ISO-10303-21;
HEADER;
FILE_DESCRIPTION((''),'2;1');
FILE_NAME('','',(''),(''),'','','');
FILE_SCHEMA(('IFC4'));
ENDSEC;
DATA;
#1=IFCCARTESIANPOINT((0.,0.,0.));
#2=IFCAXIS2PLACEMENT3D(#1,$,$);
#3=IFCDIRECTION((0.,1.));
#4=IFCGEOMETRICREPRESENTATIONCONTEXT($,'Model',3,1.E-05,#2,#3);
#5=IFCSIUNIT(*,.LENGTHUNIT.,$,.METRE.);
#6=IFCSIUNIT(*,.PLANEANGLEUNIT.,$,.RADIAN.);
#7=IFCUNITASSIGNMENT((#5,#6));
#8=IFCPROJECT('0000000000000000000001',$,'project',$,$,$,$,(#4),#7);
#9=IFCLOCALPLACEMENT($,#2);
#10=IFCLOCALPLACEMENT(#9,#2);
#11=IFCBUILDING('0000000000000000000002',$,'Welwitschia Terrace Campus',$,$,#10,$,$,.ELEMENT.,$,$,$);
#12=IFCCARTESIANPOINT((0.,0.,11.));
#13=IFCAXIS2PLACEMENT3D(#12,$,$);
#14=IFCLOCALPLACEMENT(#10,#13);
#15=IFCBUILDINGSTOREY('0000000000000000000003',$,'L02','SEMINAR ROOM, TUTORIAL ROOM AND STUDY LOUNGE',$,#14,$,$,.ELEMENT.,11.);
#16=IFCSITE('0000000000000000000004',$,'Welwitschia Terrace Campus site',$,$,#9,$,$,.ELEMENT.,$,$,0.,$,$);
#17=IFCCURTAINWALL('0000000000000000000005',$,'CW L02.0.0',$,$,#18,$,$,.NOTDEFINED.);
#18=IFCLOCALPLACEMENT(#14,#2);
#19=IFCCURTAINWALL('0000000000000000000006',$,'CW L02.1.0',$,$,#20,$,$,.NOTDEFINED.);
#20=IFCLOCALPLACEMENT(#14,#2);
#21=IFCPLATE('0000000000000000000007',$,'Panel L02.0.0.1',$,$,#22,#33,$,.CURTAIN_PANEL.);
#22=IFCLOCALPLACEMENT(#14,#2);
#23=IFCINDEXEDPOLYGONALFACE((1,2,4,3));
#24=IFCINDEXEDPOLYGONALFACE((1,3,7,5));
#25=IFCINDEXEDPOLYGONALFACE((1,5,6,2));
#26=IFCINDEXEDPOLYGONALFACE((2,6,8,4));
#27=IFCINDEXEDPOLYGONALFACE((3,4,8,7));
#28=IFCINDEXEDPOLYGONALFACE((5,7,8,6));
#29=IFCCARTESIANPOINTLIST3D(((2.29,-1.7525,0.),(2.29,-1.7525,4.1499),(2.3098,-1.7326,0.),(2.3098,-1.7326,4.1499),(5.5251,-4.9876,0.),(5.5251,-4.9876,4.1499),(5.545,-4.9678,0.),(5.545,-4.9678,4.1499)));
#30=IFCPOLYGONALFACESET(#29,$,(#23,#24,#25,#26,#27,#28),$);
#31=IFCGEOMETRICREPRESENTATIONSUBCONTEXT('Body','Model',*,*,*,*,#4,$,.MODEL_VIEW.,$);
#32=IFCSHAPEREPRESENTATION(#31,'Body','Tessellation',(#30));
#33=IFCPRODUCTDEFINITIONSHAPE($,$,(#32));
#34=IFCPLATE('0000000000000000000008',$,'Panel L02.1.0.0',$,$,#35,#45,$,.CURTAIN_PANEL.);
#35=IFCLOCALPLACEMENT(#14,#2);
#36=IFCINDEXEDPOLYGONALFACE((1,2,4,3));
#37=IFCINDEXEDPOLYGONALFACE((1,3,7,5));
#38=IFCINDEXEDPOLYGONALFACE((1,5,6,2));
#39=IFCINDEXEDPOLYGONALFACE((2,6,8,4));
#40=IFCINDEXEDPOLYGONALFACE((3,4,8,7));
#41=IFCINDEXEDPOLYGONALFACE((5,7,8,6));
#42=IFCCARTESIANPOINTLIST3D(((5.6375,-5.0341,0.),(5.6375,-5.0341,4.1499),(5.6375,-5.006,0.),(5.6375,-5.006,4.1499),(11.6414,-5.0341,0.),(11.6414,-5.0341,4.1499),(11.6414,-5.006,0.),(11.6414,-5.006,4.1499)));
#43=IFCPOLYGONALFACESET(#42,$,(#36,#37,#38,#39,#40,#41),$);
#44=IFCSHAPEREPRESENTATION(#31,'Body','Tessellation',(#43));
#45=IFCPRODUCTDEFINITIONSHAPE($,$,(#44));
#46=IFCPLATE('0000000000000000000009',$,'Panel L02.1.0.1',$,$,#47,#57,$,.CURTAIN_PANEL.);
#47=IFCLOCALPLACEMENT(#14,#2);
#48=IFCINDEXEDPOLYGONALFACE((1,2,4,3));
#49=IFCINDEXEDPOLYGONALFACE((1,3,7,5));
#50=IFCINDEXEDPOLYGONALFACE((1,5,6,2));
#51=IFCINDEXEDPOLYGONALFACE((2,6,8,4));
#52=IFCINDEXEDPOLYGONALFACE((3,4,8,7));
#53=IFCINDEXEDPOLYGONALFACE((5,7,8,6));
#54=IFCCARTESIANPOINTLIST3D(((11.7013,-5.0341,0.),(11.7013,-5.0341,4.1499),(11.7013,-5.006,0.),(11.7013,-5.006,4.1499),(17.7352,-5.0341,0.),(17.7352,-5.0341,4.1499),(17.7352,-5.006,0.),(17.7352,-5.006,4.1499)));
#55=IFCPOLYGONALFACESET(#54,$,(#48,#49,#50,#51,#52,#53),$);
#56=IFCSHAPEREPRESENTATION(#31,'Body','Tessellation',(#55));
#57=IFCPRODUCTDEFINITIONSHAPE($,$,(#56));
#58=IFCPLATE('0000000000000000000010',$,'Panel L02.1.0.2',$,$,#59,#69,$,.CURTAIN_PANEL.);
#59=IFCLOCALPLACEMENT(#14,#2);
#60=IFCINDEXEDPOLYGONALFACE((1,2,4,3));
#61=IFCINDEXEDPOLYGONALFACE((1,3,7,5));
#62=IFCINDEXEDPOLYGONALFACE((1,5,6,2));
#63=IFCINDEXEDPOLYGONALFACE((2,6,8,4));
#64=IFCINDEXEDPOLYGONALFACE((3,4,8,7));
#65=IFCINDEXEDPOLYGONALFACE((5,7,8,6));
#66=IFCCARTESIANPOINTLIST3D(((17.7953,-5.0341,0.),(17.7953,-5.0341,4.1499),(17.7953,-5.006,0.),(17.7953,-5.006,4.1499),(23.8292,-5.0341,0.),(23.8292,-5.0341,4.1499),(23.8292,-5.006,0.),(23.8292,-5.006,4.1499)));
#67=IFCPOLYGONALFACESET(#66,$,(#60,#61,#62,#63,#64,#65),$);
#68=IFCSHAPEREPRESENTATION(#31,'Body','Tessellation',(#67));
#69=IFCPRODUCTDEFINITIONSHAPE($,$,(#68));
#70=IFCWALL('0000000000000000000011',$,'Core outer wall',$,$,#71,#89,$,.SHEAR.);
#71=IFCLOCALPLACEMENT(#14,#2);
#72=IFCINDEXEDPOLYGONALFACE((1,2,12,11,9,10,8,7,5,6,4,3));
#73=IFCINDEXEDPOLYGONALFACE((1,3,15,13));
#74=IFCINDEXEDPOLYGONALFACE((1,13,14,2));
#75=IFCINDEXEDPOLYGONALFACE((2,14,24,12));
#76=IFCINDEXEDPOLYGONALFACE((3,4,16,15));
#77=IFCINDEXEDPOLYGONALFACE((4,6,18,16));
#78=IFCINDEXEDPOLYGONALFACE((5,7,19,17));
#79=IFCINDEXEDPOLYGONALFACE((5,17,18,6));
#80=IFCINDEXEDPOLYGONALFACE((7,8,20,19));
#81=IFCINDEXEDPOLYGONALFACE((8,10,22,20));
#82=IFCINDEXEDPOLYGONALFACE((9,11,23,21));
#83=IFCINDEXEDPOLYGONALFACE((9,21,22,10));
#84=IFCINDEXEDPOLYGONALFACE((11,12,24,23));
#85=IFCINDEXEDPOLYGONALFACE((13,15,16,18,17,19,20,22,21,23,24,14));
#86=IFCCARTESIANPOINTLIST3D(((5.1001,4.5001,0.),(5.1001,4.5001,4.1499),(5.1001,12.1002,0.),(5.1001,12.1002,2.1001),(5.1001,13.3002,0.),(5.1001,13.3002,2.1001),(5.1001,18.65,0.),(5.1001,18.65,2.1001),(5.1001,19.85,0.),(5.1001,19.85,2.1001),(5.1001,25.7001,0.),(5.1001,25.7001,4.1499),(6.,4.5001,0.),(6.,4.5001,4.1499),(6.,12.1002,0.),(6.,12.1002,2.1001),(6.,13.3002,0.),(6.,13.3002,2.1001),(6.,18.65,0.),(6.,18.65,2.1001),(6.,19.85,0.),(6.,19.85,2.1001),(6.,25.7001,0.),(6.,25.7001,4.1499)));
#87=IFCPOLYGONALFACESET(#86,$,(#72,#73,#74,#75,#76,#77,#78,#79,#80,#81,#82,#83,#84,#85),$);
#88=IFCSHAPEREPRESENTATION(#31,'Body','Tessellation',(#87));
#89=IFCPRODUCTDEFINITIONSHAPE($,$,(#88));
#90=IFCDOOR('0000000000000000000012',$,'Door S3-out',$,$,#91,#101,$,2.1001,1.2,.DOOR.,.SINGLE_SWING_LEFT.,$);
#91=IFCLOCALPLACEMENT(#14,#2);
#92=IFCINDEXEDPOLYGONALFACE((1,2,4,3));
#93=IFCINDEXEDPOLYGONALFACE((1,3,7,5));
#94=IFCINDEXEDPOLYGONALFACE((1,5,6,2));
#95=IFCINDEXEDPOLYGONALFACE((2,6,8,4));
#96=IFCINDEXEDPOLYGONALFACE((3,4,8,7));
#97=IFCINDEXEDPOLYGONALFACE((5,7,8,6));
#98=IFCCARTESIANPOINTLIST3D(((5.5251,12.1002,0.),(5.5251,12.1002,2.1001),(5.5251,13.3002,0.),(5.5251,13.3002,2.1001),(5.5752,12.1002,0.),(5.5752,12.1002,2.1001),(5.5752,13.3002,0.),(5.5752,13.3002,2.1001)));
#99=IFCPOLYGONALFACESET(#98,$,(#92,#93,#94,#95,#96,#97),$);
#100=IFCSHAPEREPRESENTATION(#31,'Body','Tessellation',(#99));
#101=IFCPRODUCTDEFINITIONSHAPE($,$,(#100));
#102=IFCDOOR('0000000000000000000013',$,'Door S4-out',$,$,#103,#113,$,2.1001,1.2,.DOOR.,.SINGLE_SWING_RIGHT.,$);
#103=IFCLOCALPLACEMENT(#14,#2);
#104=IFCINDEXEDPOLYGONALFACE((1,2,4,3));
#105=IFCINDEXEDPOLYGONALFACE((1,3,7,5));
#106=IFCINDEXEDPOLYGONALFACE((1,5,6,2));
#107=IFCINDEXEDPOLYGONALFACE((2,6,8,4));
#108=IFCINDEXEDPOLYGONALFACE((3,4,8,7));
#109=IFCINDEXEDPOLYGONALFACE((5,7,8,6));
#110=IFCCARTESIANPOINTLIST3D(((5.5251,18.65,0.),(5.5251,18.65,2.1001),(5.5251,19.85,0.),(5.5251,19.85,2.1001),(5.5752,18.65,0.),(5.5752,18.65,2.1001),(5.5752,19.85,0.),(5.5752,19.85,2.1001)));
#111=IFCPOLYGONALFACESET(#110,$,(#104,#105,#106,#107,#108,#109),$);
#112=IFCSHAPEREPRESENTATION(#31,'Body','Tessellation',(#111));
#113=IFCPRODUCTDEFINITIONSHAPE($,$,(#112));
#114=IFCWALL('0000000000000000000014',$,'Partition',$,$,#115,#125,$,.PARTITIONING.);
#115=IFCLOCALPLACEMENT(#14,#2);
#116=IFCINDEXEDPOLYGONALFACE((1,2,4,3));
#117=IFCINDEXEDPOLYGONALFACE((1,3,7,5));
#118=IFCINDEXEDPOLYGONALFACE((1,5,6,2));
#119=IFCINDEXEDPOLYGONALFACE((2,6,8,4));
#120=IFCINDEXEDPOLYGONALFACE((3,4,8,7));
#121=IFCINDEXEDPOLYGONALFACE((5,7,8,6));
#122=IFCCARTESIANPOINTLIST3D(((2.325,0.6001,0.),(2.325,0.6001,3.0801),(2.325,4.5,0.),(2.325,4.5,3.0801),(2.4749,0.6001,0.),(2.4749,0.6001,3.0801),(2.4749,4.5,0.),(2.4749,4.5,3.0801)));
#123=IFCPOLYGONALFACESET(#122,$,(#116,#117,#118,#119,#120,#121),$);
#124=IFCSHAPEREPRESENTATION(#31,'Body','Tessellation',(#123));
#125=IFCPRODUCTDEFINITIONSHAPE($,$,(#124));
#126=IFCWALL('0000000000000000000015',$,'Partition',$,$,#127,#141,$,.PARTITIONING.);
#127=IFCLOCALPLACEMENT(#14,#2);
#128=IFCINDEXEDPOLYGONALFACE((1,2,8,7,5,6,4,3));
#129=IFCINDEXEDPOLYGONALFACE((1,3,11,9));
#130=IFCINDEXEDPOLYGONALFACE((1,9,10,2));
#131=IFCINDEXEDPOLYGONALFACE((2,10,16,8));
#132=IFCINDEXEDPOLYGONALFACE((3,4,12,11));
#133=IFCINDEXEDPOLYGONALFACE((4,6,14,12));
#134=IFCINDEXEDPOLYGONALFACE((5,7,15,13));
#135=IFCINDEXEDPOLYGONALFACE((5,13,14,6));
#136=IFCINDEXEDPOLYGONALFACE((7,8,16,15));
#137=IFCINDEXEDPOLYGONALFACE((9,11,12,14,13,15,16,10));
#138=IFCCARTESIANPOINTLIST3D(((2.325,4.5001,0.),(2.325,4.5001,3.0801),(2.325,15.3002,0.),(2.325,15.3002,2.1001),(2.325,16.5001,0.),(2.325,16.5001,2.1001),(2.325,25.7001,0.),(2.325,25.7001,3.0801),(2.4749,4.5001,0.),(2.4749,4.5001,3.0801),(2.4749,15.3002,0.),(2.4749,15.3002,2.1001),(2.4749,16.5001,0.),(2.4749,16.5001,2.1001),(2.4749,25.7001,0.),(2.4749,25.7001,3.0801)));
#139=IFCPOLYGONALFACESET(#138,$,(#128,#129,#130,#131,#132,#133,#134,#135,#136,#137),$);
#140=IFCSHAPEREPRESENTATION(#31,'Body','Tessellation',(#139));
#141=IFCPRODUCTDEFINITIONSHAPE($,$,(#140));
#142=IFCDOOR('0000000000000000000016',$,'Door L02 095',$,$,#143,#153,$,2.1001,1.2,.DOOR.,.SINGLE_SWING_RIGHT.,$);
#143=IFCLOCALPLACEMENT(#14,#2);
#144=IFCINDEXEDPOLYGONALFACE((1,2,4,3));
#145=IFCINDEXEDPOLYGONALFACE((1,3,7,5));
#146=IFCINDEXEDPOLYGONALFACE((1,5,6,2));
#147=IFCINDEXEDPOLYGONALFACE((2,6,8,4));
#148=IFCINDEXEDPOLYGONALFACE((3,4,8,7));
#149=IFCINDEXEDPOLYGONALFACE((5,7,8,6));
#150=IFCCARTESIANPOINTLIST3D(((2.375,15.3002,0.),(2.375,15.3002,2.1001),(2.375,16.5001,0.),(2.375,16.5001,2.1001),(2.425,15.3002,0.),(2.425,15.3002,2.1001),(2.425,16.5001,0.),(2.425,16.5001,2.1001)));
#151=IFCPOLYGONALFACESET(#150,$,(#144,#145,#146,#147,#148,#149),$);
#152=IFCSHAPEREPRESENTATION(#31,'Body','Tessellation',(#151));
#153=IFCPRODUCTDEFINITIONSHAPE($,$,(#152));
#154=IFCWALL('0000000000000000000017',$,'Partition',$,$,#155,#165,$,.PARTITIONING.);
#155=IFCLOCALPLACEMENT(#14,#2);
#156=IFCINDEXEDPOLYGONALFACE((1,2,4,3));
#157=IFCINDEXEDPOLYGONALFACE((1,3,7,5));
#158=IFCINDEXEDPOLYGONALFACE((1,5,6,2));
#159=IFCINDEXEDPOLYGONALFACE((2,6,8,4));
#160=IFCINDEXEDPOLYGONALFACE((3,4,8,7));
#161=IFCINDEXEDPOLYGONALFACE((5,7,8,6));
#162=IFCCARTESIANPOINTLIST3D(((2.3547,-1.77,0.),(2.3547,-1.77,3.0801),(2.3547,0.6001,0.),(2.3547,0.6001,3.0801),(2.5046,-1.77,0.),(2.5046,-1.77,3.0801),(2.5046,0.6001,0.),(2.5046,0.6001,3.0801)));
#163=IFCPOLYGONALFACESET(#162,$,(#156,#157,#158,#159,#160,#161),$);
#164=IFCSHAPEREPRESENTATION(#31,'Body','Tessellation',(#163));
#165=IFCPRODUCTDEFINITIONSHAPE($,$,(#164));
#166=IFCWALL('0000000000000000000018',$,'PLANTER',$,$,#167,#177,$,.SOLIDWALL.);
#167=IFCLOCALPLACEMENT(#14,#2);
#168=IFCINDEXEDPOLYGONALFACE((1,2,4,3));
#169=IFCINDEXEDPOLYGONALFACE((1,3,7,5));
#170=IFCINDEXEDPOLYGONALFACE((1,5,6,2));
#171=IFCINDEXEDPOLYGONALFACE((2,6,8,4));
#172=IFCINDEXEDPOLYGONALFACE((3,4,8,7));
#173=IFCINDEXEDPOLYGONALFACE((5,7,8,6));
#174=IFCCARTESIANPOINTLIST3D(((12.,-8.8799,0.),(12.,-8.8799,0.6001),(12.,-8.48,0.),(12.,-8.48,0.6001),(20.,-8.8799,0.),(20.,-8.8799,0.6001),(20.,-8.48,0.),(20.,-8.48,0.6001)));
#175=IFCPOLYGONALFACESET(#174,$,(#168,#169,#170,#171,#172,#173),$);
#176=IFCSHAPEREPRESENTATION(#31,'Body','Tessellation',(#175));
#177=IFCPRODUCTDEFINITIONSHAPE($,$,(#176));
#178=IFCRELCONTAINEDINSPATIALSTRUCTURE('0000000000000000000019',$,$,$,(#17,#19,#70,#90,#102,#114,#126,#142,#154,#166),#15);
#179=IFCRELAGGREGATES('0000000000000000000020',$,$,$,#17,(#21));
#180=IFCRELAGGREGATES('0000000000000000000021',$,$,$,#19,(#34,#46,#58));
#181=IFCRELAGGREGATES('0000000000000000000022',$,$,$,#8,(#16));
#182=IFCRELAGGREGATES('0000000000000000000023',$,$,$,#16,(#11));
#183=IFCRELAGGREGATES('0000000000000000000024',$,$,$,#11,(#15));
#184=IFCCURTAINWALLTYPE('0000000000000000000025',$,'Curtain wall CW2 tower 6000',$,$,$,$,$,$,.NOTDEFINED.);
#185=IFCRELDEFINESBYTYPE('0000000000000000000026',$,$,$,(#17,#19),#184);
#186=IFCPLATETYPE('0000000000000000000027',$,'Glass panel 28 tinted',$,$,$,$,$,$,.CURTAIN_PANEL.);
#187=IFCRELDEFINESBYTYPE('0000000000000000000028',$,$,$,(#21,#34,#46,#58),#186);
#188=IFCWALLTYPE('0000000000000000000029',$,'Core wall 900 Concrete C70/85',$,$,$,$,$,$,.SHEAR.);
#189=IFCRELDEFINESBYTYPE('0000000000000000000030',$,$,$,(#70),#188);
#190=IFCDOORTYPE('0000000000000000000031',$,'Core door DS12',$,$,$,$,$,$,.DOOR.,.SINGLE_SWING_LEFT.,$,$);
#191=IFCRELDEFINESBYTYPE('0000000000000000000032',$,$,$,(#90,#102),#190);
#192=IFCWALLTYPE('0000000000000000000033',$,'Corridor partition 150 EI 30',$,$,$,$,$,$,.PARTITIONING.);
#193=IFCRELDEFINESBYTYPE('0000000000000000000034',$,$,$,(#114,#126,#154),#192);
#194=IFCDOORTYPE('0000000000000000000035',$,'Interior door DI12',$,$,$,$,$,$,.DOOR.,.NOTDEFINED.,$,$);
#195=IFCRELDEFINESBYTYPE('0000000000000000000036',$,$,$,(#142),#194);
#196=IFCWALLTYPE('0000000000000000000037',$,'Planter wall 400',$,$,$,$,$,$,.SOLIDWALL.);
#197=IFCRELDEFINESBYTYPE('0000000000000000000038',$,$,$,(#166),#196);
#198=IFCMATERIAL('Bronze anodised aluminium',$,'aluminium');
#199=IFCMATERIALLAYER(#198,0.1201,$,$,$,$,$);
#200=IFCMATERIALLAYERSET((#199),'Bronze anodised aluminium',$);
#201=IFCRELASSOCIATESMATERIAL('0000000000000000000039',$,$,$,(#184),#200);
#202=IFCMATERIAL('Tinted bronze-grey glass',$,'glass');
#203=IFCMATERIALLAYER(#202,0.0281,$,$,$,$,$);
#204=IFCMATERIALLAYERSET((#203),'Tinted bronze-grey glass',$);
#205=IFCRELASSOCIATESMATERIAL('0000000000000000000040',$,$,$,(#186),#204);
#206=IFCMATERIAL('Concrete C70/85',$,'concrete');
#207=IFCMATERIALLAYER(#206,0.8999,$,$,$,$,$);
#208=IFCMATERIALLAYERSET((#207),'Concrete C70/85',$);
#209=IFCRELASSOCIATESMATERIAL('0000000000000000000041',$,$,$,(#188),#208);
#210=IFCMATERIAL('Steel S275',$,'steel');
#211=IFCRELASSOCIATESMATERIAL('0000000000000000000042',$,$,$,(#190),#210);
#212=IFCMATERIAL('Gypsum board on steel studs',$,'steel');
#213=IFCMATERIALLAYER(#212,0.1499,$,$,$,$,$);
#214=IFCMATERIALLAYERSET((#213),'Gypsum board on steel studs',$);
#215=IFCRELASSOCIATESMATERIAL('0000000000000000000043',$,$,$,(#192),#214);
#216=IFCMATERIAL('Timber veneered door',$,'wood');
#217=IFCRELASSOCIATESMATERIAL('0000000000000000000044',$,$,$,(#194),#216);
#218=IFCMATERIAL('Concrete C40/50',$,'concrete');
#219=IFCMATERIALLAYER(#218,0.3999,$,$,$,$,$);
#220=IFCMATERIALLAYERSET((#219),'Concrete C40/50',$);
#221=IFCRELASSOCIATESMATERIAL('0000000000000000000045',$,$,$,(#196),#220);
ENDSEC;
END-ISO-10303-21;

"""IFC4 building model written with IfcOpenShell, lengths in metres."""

from ifc_helpers import new_model, si_unit, direction, frame, frame_2d, origin, origin_2d, place, context, subcontext, project, spatial, rectangle, extrude, material, layer, layer_set, type_object, element, fill, aggregate, save


model = new_model("IFC4")

# Units and contexts
model_context = context("Model", 3, precision=1e-05, world=origin(), true_north=direction((0.0, 1.0)))
body_context = subcontext(model_context, "Body", "Model", "MODEL_VIEW")
ifc_project = project(units=[si_unit("LENGTHUNIT", "METRE"), si_unit("PLANEANGLEUNIT", "RADIAN")], contexts=[model_context])

# Site, building, storey
site_placement = place(None, origin())
site = spatial("IfcSite", under=ifc_project, at=site_placement, Name="Welwitschia Terrace Campus site", CompositionType="ELEMENT", RefElevation=0.0)
building_placement = place(site_placement, origin())
building = spatial("IfcBuilding", under=site, at=building_placement, Name="Welwitschia Terrace Campus", CompositionType="ELEMENT")
storey_placement = place(building_placement, frame((0.0, 0.0, 11.0)))
storey = spatial("IfcBuildingStorey", under=building, at=storey_placement, Name="L02", Description="SEMINAR ROOM, TUTORIAL ROOM AND STUDY LOUNGE", CompositionType="ELEMENT", Elevation=11.0)

# Curtain walls
ifc_material_1 = material(Name="Bronze anodised aluminium", Category="aluminium")
ifc_layer_1 = layer(ifc_material_1, 0.1201)
ifc_layer_set_1 = layer_set([ifc_layer_1], Name="Bronze anodised aluminium")
curtain_wall_type = type_object("IfcCurtainWallType", Name="Curtain wall CW2 tower 6000", PredefinedType="NOTDEFINED", material=ifc_layer_set_1)
curtain_wall_1_placement = place(storey_placement, origin())
curtain_wall_1 = element("IfcCurtainWall", 1, at=curtain_wall_1_placement, inside=storey, type_object=curtain_wall_type, Name="CW L02.0.0", PredefinedType="NOTDEFINED")
curtain_wall_2_placement = place(storey_placement, origin())
curtain_wall_2 = element("IfcCurtainWall", 2, at=curtain_wall_2_placement, inside=storey, type_object=curtain_wall_type, Name="CW L02.1.0", PredefinedType="NOTDEFINED")

# Plates
ifc_material_2 = material(Name="Tinted bronze-grey glass", Category="glass")
ifc_layer_2 = layer(ifc_material_2, 0.0281)
ifc_layer_set_2 = layer_set([ifc_layer_2], Name="Tinted bronze-grey glass")
plate_type = type_object("IfcPlateType", Name="Glass panel 28 tinted", PredefinedType="CURTAIN_PANEL", material=ifc_layer_set_2)
plate_1_placement = place(storey_placement, frame((3.9175, -3.3601, 0.0), z_axis=(0.0, 0.0, 1.0), x_axis=(0.707107, -0.707107, 0.0)))
plate_1 = element("IfcPlate", 3, at=plate_1_placement, type_object=plate_type, Name="Panel L02.0.0.1", PredefinedType="CURTAIN_PANEL", context=body_context, shape_type="SweptSolid", body=[
    extrude(rectangle(XDim=4.5752, YDim=0.0281, at=origin_2d()), origin(), (0.0, 0.0, 1.0), 4.1499),
])
aggregate(curtain_wall_1, [plate_1])
plate_2_placement = place(storey_placement, frame((8.6394, -5.02, 0.0), z_axis=(0.0, 0.0, 1.0), x_axis=(1.0, 0.0, 0.0)))
plate_2 = element("IfcPlate", 4, at=plate_2_placement, type_object=plate_type, Name="Panel L02.1.0.0", PredefinedType="CURTAIN_PANEL", context=body_context, shape_type="SweptSolid", body=[
    extrude(rectangle(XDim=6.0039, YDim=0.0281, at=origin_2d()), origin(), (0.0, 0.0, 1.0), 4.1499),
])
plate_3_placement = place(storey_placement, frame((14.7183, -5.02, 0.0), z_axis=(0.0, 0.0, 1.0), x_axis=(1.0, 0.0, 0.0)))
plate_3 = element("IfcPlate", 5, at=plate_3_placement, type_object=plate_type, Name="Panel L02.1.0.1", PredefinedType="CURTAIN_PANEL", context=body_context, shape_type="SweptSolid", body=[
    extrude(rectangle(XDim=6.0339, YDim=0.0281, at=origin_2d()), origin(), (0.0, 0.0, 1.0), 4.1499),
])
plate_4_placement = place(storey_placement, frame((20.8123, -5.02, 0.0), z_axis=(0.0, 0.0, 1.0), x_axis=(1.0, 0.0, 0.0)))
plate_4 = element("IfcPlate", 6, at=plate_4_placement, type_object=plate_type, Name="Panel L02.1.0.2", PredefinedType="CURTAIN_PANEL", context=body_context, shape_type="SweptSolid", body=[
    extrude(rectangle(XDim=6.0339, YDim=0.0281, at=origin_2d()), origin(), (0.0, 0.0, 1.0), 4.1499),
])
aggregate(curtain_wall_2, [plate_2, plate_3, plate_4])

# Wall, openings, doors
ifc_material_3 = material(Name="Concrete C70/85", Category="concrete")
ifc_layer_3 = layer(ifc_material_3, 0.8999)
ifc_layer_set_3 = layer_set([ifc_layer_3], Name="Concrete C70/85")
wall_type_1 = type_object("IfcWallType", Name="Core wall 900 Concrete C70/85", PredefinedType="SHEAR", material=ifc_layer_set_3)
wall_1_placement = place(storey_placement, frame((5.55, 4.5, 0.0), z_axis=(0.0, 0.0, 1.0), x_axis=(0.0, 1.0, 0.0)))
wall_1 = element("IfcWall", 7, at=wall_1_placement, inside=storey, type_object=wall_type_1, Name="Core outer wall", PredefinedType="SHEAR", context=body_context, shape_type="SweptSolid", body=[
    extrude(rectangle(XDim=21.2, YDim=0.8999, at=frame_2d((10.6001, 0.0))), origin(), (0.0, 0.0, 1.0), 4.1499),
])
opening_1_placement = place(wall_1_placement, frame((7.6001, 0.0, 0.0)))
opening_1 = element("IfcOpeningElement", 8, at=opening_1_placement, cuts=wall_1, PredefinedType="OPENING", context=body_context, shape_type="SweptSolid", body=[
    extrude(rectangle(XDim=1.2, YDim=2.1001, at=frame_2d((0.6001, 1.05))), frame((0.0, 0.46, 0.0), z_axis=(0.0, -1.0, 0.0), x_axis=(1.0, 0.0, 0.0)), (0.0, 0.0, 1.0), 0.9199),
])
opening_2_placement = place(wall_1_placement, frame((14.1499, 0.0, 0.0)))
opening_2 = element("IfcOpeningElement", 9, at=opening_2_placement, cuts=wall_1, PredefinedType="OPENING", context=body_context, shape_type="SweptSolid", body=[
    extrude(rectangle(XDim=1.2, YDim=2.1001, at=frame_2d((0.6001, 1.05))), frame((0.0, 0.46, 0.0), z_axis=(0.0, -1.0, 0.0), x_axis=(1.0, 0.0, 0.0)), (0.0, 0.0, 1.0), 0.9199),
])
ifc_material_4 = material(Name="Steel S275", Category="steel")
door_type_1 = type_object("IfcDoorType", Name="Core door DS12", OperationType="SINGLE_SWING_LEFT", PredefinedType="DOOR", material=ifc_material_4)
door_1_placement = place(opening_1_placement, origin())
door_1 = element("IfcDoor", 10, at=door_1_placement, inside=storey, type_object=door_type_1, Name="Door S3-out", OperationType="SINGLE_SWING_LEFT", OverallHeight=2.1001, OverallWidth=1.2, PredefinedType="DOOR", context=body_context, shape_type="SweptSolid", body=[
    extrude(rectangle(XDim=1.2, YDim=2.1001, at=frame_2d((0.6001, 1.05))), frame((0.0, 0.0249, 0.0), z_axis=(0.0, -1.0, 0.0), x_axis=(1.0, 0.0, 0.0)), (0.0, 0.0, 1.0), 0.05),
])
fill(opening_1, door_1)
door_2_placement = place(opening_2_placement, origin())
door_2 = element("IfcDoor", 11, at=door_2_placement, inside=storey, type_object=door_type_1, Name="Door S4-out", OperationType="SINGLE_SWING_RIGHT", OverallHeight=2.1001, OverallWidth=1.2, PredefinedType="DOOR", context=body_context, shape_type="SweptSolid", body=[
    extrude(rectangle(XDim=1.2, YDim=2.1001, at=frame_2d((0.6001, 1.05))), frame((0.0, 0.0249, 0.0), z_axis=(0.0, -1.0, 0.0), x_axis=(1.0, 0.0, 0.0)), (0.0, 0.0, 1.0), 0.05),
])
fill(opening_2, door_2)

# Wall
ifc_material_5 = material(Name="Gypsum board on steel studs", Category="steel")
ifc_layer_4 = layer(ifc_material_5, 0.1499)
ifc_layer_set_4 = layer_set([ifc_layer_4], Name="Gypsum board on steel studs")
wall_type_2 = type_object("IfcWallType", Name="Corridor partition 150 EI 30", PredefinedType="PARTITIONING", material=ifc_layer_set_4)
wall_2_placement = place(storey_placement, frame((2.3999, 0.6001, 0.0), z_axis=(0.0, 0.0, 1.0), x_axis=(0.0, 1.0, 0.0)))
element("IfcWall", 12, at=wall_2_placement, inside=storey, type_object=wall_type_2, Name="Partition", PredefinedType="PARTITIONING", context=body_context, shape_type="SweptSolid", body=[
    extrude(rectangle(XDim=3.8999, YDim=0.1499, at=frame_2d((1.95, 0.0))), origin(), (0.0, 0.0, 1.0), 3.0801),
])

# Wall, opening, door
wall_3_placement = place(storey_placement, frame((2.3999, 4.5, 0.0), z_axis=(0.0, 0.0, 1.0), x_axis=(0.0, 1.0, 0.0)))
wall_3 = element("IfcWall", 13, at=wall_3_placement, inside=storey, type_object=wall_type_2, Name="Partition", PredefinedType="PARTITIONING", context=body_context, shape_type="SweptSolid", body=[
    extrude(rectangle(XDim=21.2, YDim=0.1499, at=frame_2d((10.6001, 0.0))), origin(), (0.0, 0.0, 1.0), 3.0801),
])
opening_3_placement = place(wall_3_placement, frame((10.8, 0.0, 0.0)))
opening_3 = element("IfcOpeningElement", 14, at=opening_3_placement, cuts=wall_3, PredefinedType="OPENING", context=body_context, shape_type="SweptSolid", body=[
    extrude(rectangle(XDim=1.2, YDim=2.1001, at=frame_2d((0.6001, 1.05))), frame((0.0, 0.085, 0.0), z_axis=(0.0, -1.0, 0.0), x_axis=(1.0, 0.0, 0.0)), (0.0, 0.0, 1.0), 0.1699),
])
ifc_material_6 = material(Name="Timber veneered door", Category="wood")
door_type_2 = type_object("IfcDoorType", Name="Interior door DI12", OperationType="NOTDEFINED", PredefinedType="DOOR", material=ifc_material_6)
door_3_placement = place(opening_3_placement, origin())
door_3 = element("IfcDoor", 15, at=door_3_placement, inside=storey, type_object=door_type_2, Name="Door L02 095", OperationType="SINGLE_SWING_RIGHT", OverallHeight=2.1001, OverallWidth=1.2, PredefinedType="DOOR", context=body_context, shape_type="SweptSolid", body=[
    extrude(rectangle(XDim=1.2, YDim=2.1001, at=frame_2d((0.6001, 1.05))), frame((0.0, 0.0249, 0.0), z_axis=(0.0, -1.0, 0.0), x_axis=(1.0, 0.0, 0.0)), (0.0, 0.0, 1.0), 0.05),
])
fill(opening_3, door_3)

# Walls
wall_4_placement = place(storey_placement, frame((2.4297, -1.77, 0.0), z_axis=(0.0, 0.0, 1.0), x_axis=(0.0, 1.0, 0.0)))
element("IfcWall", 16, at=wall_4_placement, inside=storey, type_object=wall_type_2, Name="Partition", PredefinedType="PARTITIONING", context=body_context, shape_type="SweptSolid", body=[
    extrude(rectangle(XDim=2.3701, YDim=0.1499, at=frame_2d((1.1851, 0.0))), origin(), (0.0, 0.0, 1.0), 3.0801),
])
ifc_material_7 = material(Name="Concrete C40/50", Category="concrete")
ifc_layer_5 = layer(ifc_material_7, 0.3999)
ifc_layer_set_5 = layer_set([ifc_layer_5], Name="Concrete C40/50")
wall_type_3 = type_object("IfcWallType", Name="Planter wall 400", PredefinedType="SOLIDWALL", material=ifc_layer_set_5)
wall_5_placement = place(storey_placement, frame((20.0, -8.6799, 0.0), z_axis=(0.0, 0.0, 1.0), x_axis=(-1.0, 0.0, 0.0)))
element("IfcWall", 17, at=wall_5_placement, inside=storey, type_object=wall_type_3, Name="PLANTER", PredefinedType="SOLIDWALL", context=body_context, shape_type="SweptSolid", body=[
    extrude(rectangle(XDim=8.0, YDim=0.3999, at=frame_2d((4.0, 0.0))), origin(), (0.0, 0.0, 1.0), 0.6001),
])

save(model, "model.ifc")
